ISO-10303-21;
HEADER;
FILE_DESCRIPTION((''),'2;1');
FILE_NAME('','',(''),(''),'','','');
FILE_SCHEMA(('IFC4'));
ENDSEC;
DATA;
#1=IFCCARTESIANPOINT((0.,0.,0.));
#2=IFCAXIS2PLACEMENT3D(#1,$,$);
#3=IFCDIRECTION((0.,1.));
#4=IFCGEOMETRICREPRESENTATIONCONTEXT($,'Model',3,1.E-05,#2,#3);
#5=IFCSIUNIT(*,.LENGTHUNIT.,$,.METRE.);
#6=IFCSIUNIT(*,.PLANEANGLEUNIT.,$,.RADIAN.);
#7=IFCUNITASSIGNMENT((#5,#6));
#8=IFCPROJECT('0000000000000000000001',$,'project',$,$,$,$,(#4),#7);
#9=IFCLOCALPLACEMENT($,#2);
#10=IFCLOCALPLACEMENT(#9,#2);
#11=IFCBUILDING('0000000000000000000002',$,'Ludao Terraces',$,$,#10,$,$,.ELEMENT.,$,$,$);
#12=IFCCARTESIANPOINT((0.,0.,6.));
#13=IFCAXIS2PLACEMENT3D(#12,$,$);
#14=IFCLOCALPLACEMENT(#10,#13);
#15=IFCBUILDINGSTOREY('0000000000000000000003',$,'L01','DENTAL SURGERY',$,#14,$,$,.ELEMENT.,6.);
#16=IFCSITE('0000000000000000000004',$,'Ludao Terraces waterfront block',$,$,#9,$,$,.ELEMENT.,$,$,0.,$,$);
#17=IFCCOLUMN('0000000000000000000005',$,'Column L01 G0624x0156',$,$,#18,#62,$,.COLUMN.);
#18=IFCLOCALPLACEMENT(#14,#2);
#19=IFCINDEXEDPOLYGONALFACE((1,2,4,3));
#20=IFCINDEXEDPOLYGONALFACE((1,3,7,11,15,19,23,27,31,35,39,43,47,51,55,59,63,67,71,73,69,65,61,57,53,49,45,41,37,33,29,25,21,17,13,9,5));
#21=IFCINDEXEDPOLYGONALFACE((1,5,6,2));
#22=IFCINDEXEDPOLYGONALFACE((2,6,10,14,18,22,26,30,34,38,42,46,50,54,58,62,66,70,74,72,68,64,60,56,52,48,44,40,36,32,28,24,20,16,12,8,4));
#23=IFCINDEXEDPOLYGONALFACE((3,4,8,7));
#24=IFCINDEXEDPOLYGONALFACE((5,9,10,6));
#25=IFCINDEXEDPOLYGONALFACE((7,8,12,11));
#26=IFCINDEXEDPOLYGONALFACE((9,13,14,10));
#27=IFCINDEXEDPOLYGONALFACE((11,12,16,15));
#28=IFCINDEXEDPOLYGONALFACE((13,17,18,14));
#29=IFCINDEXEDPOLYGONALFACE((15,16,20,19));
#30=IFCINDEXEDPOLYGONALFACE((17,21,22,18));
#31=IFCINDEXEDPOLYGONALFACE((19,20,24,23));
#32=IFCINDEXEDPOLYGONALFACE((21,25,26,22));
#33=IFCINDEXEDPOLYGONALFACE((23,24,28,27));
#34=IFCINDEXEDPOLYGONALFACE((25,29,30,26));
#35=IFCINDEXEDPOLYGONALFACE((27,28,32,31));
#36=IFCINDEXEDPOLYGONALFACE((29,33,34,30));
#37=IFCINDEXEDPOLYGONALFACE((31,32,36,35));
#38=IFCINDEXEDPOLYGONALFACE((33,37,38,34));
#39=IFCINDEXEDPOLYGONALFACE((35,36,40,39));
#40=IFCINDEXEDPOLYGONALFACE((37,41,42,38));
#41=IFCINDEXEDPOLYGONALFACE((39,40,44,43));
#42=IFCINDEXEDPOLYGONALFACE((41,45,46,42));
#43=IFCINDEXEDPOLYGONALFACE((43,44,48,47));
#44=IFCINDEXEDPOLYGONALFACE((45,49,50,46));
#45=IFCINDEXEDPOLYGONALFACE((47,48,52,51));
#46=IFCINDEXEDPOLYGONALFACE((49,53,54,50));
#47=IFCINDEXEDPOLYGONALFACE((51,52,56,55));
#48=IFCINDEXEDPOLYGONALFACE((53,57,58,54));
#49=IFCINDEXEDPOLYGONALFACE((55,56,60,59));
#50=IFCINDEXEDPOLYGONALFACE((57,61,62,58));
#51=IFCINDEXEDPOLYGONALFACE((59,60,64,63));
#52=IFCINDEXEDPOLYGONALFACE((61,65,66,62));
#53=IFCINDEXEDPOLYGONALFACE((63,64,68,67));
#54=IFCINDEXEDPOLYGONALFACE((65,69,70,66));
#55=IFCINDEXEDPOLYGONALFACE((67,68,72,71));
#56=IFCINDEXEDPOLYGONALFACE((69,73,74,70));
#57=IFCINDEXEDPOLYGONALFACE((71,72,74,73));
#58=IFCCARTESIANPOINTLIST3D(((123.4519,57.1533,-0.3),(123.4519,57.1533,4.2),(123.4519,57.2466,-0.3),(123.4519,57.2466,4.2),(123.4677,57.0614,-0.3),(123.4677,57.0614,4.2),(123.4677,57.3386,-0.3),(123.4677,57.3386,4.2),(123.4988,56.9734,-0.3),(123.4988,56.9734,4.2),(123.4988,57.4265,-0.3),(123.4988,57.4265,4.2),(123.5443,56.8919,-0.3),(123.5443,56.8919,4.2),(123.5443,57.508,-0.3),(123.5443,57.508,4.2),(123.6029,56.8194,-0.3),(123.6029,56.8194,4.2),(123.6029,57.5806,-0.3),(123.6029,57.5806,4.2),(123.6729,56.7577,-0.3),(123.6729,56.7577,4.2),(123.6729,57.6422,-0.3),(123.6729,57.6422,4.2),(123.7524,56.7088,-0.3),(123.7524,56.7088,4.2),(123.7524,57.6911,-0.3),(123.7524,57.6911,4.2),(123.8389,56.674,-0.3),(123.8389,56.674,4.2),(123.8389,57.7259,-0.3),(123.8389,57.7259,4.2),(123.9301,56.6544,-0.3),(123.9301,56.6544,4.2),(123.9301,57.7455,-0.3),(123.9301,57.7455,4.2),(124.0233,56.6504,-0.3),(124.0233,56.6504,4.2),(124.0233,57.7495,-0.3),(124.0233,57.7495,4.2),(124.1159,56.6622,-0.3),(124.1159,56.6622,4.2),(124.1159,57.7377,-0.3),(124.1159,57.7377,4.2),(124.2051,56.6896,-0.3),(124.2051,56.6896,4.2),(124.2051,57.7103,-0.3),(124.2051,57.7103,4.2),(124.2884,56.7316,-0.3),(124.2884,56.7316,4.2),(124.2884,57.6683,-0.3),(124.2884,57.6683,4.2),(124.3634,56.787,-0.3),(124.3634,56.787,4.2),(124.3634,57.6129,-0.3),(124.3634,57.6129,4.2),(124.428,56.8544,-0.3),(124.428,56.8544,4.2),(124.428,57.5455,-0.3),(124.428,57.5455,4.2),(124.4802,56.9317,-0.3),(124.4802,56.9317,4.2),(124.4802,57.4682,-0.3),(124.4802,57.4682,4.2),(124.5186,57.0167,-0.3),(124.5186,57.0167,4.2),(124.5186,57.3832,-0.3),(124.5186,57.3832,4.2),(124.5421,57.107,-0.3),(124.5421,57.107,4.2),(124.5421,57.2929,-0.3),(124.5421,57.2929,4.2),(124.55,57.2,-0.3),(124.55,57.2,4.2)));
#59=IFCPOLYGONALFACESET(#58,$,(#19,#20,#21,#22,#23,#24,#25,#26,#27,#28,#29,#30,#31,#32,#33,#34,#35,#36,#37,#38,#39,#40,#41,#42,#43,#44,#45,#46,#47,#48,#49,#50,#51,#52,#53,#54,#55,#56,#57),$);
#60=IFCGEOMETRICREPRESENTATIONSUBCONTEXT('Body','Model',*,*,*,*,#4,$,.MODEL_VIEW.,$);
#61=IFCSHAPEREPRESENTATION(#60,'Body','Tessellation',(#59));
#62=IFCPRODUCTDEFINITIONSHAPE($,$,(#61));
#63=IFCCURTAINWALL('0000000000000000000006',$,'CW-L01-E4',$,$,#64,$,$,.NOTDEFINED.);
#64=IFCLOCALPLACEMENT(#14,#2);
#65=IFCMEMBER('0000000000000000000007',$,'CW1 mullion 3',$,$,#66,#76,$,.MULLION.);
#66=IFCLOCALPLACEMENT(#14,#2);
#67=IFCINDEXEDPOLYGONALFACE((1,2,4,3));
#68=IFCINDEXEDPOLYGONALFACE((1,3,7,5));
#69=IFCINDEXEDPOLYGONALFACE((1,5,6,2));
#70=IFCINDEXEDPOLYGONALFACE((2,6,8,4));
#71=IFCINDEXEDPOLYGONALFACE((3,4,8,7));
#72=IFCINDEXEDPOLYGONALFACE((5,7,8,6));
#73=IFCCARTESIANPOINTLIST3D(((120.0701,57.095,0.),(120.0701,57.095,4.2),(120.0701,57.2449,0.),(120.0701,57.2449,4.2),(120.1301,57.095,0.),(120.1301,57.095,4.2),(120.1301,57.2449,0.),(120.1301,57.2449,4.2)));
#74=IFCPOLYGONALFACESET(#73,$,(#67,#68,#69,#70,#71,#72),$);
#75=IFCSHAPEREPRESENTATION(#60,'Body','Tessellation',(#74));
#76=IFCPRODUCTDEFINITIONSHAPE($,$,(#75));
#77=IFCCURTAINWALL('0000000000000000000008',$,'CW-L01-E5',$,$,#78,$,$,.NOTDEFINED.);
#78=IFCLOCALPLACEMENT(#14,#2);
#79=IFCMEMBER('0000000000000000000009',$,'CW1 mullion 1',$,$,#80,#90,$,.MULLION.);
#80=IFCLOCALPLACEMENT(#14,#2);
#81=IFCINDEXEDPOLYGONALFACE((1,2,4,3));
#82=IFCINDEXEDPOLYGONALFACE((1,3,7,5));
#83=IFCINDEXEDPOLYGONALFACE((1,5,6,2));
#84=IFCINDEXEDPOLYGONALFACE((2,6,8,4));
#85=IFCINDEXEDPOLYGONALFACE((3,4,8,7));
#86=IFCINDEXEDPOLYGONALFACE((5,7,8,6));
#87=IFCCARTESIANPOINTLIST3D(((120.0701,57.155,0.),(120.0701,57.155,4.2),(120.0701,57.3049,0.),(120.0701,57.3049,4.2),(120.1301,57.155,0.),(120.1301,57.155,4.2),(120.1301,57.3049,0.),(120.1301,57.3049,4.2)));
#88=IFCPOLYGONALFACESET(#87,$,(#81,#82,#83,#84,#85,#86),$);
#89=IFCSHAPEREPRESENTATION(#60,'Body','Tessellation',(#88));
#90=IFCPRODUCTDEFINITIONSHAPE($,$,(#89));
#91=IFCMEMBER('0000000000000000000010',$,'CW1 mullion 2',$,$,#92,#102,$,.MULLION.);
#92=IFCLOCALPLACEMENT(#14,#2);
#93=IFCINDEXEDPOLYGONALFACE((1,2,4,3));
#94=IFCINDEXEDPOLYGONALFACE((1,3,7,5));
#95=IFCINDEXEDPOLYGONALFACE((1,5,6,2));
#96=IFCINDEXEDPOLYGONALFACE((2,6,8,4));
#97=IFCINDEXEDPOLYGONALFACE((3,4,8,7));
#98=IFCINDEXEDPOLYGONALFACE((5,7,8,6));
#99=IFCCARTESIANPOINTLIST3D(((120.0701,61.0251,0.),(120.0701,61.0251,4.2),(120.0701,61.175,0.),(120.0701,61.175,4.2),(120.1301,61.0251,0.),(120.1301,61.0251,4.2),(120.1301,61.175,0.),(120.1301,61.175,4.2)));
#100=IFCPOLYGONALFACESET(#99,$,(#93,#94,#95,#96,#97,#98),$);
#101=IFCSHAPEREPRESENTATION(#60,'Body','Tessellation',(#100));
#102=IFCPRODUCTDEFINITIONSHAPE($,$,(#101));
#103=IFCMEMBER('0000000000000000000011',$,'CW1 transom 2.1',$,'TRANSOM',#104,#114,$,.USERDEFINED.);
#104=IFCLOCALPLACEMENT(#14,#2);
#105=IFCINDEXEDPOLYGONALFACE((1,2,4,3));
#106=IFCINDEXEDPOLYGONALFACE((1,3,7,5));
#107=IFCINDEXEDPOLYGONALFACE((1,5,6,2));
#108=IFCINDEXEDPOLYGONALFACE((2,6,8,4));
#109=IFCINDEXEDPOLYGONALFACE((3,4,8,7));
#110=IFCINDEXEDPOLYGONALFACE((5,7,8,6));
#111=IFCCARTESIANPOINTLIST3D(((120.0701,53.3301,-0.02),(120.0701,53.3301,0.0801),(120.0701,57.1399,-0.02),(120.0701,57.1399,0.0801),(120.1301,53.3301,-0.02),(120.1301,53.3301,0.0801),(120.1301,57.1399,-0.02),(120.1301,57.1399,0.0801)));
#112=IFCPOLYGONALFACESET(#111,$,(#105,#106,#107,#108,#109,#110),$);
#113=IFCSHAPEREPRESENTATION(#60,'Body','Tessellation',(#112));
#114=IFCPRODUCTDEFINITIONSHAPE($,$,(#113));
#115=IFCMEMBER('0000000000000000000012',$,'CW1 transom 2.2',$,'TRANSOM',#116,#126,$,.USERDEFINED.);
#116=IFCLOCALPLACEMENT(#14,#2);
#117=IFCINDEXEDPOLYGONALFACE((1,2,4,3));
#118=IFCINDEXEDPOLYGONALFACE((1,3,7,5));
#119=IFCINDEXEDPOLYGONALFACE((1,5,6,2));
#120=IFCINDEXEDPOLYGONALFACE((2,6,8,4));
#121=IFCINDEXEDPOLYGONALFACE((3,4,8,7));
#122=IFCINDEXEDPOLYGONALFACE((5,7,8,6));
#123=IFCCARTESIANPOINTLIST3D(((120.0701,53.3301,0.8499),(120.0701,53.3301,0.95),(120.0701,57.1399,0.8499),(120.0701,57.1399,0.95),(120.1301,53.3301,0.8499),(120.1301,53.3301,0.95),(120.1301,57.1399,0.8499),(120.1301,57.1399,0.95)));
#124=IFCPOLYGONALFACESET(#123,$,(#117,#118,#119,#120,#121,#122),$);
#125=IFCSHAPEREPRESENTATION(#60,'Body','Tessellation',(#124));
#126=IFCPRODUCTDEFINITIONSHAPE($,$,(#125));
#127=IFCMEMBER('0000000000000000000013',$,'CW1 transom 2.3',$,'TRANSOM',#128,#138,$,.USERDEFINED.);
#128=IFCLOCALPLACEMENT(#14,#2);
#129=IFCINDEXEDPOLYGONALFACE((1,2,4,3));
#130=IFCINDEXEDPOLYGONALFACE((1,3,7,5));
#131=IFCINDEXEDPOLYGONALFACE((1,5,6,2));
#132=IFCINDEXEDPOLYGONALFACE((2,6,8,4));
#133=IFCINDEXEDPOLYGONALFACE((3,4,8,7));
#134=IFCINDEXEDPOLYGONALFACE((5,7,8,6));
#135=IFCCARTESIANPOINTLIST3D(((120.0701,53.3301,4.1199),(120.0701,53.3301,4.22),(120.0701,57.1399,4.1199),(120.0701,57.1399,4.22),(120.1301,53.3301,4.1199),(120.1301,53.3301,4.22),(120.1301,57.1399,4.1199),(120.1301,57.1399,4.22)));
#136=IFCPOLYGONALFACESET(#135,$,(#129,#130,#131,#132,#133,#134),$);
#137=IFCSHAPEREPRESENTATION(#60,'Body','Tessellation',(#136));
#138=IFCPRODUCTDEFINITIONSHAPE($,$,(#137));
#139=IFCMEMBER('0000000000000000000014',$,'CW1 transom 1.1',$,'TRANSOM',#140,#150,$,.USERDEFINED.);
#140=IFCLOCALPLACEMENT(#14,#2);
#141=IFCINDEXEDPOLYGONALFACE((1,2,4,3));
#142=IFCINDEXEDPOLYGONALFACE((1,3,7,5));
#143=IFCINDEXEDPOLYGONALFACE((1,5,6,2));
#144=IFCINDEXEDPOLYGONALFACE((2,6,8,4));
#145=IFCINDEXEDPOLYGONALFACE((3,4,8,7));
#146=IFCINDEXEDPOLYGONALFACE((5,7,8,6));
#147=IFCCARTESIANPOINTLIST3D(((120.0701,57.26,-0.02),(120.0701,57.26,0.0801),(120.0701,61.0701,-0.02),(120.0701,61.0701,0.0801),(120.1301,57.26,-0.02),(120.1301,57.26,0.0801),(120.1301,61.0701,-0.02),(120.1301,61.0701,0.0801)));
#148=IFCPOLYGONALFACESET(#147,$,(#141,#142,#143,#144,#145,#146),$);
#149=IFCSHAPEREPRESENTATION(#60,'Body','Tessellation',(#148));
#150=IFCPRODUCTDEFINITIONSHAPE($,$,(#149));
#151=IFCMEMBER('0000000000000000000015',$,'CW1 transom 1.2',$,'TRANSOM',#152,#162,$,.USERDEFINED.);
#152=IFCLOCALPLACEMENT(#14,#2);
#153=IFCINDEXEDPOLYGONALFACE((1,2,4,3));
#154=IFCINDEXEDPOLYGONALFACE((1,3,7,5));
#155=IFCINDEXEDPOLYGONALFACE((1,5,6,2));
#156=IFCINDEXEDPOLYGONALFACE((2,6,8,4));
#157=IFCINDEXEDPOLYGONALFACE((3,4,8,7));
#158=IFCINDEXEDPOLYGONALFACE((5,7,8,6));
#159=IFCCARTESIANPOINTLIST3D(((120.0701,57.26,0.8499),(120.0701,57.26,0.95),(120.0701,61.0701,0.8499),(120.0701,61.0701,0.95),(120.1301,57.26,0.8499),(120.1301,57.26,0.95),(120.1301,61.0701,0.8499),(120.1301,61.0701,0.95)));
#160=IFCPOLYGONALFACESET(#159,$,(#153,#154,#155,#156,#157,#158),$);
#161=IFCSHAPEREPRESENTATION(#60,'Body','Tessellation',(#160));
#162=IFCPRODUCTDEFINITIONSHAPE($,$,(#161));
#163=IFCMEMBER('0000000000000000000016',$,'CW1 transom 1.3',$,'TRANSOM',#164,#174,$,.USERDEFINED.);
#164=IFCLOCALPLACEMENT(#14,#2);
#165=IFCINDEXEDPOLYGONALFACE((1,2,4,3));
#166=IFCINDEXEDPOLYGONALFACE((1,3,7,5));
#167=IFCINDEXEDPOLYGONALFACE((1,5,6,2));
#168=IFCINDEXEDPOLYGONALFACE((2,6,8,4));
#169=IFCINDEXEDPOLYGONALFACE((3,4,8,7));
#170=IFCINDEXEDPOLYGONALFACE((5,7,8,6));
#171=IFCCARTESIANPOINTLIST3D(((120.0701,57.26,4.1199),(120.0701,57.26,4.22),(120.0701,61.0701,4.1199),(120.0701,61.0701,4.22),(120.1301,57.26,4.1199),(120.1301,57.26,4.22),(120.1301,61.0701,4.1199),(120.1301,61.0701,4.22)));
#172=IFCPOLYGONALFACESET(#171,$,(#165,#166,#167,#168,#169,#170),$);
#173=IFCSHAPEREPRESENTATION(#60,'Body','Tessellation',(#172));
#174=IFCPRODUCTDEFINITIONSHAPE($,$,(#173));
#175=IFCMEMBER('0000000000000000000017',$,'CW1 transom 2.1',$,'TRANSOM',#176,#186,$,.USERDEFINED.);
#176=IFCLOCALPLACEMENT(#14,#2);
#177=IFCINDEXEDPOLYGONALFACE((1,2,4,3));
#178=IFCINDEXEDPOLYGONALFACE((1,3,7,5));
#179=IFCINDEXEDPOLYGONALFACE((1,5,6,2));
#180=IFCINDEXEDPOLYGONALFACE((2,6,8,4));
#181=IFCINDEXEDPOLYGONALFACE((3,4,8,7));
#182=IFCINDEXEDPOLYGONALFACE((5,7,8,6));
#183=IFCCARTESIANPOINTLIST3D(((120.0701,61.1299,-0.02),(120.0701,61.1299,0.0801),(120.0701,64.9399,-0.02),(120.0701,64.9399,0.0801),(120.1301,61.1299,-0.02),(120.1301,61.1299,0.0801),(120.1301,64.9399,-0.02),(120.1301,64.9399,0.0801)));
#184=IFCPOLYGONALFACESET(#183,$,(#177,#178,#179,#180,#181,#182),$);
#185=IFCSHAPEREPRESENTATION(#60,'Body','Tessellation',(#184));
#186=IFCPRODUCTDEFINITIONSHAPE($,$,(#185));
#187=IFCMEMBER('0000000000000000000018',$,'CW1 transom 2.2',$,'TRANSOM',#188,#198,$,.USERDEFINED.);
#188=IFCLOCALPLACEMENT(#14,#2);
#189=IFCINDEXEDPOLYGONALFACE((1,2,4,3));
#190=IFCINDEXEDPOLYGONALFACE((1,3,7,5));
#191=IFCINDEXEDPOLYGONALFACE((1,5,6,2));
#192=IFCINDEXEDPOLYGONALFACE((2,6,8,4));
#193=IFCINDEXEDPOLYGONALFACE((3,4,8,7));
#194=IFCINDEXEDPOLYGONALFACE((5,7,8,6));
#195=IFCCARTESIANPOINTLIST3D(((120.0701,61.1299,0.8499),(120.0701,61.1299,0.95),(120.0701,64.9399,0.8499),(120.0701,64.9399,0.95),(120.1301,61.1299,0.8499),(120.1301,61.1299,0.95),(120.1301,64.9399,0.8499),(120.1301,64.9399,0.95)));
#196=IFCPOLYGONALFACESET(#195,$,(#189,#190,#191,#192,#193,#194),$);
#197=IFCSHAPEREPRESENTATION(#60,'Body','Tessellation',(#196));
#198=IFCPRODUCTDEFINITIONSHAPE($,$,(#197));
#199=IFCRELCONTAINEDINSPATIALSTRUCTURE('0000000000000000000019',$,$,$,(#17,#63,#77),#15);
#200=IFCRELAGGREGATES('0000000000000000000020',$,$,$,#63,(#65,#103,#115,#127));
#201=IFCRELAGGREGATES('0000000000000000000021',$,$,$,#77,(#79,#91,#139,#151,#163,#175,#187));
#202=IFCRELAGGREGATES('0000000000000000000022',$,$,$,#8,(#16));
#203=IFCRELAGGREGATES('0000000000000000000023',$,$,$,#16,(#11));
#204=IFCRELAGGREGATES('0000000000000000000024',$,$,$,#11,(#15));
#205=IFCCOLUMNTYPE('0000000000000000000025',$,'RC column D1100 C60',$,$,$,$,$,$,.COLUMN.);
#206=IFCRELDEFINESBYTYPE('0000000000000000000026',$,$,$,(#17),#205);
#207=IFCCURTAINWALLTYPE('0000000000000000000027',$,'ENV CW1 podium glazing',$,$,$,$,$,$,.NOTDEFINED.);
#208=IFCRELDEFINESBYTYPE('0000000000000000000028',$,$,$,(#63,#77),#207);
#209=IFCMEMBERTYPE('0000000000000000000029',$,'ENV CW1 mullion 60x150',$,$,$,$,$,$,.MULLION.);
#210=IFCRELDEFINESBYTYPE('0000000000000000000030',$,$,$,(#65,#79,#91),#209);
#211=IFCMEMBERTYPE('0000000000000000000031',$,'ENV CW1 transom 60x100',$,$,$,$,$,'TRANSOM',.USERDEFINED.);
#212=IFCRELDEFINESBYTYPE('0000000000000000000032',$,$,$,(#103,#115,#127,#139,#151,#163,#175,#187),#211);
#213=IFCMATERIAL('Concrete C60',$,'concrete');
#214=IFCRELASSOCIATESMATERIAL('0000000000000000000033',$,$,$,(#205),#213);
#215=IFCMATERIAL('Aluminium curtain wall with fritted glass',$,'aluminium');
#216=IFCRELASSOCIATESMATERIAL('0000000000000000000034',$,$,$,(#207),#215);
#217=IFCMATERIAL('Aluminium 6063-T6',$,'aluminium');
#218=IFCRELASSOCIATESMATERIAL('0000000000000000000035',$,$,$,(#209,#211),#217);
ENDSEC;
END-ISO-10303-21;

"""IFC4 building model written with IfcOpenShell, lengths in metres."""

from ifc_helpers import new_model, si_unit, direction, frame, origin, origin_2d, place, context, subcontext, project, spatial, rectangle, circle, extrude, material, material_profile, profile_set, type_object, element, aggregate, save


model = new_model("IFC4")

# Units and contexts
model_context = context("Model", 3, precision=1e-05, world=origin(), true_north=direction((0.0, 1.0)))
body_context = subcontext(model_context, "Body", "Model", "MODEL_VIEW")
ifc_project = project(units=[si_unit("LENGTHUNIT", "METRE"), si_unit("PLANEANGLEUNIT", "RADIAN")], contexts=[model_context])

# Site, building, storey
site_placement = place(None, origin())
site = spatial("IfcSite", under=ifc_project, at=site_placement, Name="Ludao Terraces waterfront block", CompositionType="ELEMENT", RefElevation=0.0)
building_placement = place(site_placement, origin())
building = spatial("IfcBuilding", under=site, at=building_placement, Name="Ludao Terraces", CompositionType="ELEMENT")
storey_placement = place(building_placement, frame((0.0, 0.0, 6.0)))
storey = spatial("IfcBuildingStorey", under=building, at=storey_placement, Name="L01", Description="DENTAL SURGERY", CompositionType="ELEMENT", Elevation=6.0)

# Column
ifc_material_1 = material(Name="Concrete C60", Category="concrete")
ifc_material_profile_1 = material_profile(ifc_material_1, circle(Radius=0.55, at=origin_2d()), Name="D1100")
ifc_profile_set_1 = profile_set([ifc_material_profile_1], Name="Concrete C60")
column_type = type_object("IfcColumnType", Name="RC column D1100 C60", PredefinedType="COLUMN", material=ifc_profile_set_1)
column_placement = place(storey_placement, frame((124.0, 57.2, -0.3), z_axis=(0.0, 0.0, 1.0), x_axis=(1.0, 0.0, 0.0)))
element("IfcColumn", 1, at=column_placement, inside=storey, type_object=column_type, Name="Column L01 G0624x0156", PredefinedType="COLUMN", context=body_context, shape_type="SweptSolid", body=[
    extrude(circle(Radius=0.55, at=origin_2d()), origin(), (0.0, 0.0, 1.0), 4.5),
])

# Curtain wall, member
ifc_material_2 = material(Name="Aluminium curtain wall with fritted glass", Category="aluminium")
curtain_wall_type = type_object("IfcCurtainWallType", Name="ENV CW1 podium glazing", PredefinedType="NOTDEFINED", material=ifc_material_2)
curtain_wall_1_placement = place(storey_placement, origin())
curtain_wall_1 = element("IfcCurtainWall", 2, at=curtain_wall_1_placement, inside=storey, type_object=curtain_wall_type, Name="CW-L01-E4", PredefinedType="NOTDEFINED")
ifc_material_3 = material(Name="Aluminium 6063-T6", Category="aluminium")
ifc_material_profile_2 = material_profile(ifc_material_3, rectangle(XDim=0.0601, YDim=0.1499, at=origin_2d()), Name="60 X 150")
ifc_profile_set_2 = profile_set([ifc_material_profile_2], Name="Aluminium 6063-T6")
member_type_1 = type_object("IfcMemberType", Name="ENV CW1 mullion 60x150", PredefinedType="MULLION", material=ifc_profile_set_2)
member_1_placement = place(storey_placement, frame((120.1001, 57.1699, 0.0), z_axis=(0.0, 0.0, 1.0), x_axis=(-1.0, 0.0, 0.0)))
member_1 = element("IfcMember", 3, at=member_1_placement, type_object=member_type_1, Name="CW1 mullion 3", PredefinedType="MULLION", context=body_context, shape_type="SweptSolid", body=[
    extrude(rectangle(XDim=0.0601, YDim=0.1499, at=origin_2d()), origin(), (0.0, 0.0, 1.0), 4.2),
])

# Curtain wall, members
curtain_wall_2_placement = place(storey_placement, origin())
curtain_wall_2 = element("IfcCurtainWall", 4, at=curtain_wall_2_placement, inside=storey, type_object=curtain_wall_type, Name="CW-L01-E5", PredefinedType="NOTDEFINED")
member_2_placement = place(storey_placement, frame((120.1001, 57.23, 0.0), z_axis=(0.0, 0.0, 1.0), x_axis=(-1.0, 0.0, 0.0)))
member_2 = element("IfcMember", 5, at=member_2_placement, type_object=member_type_1, Name="CW1 mullion 1", PredefinedType="MULLION", context=body_context, shape_type="SweptSolid", body=[
    extrude(rectangle(XDim=0.0601, YDim=0.1499, at=origin_2d()), origin(), (0.0, 0.0, 1.0), 4.2),
])
member_3_placement = place(storey_placement, frame((120.1001, 61.1001, 0.0), z_axis=(0.0, 0.0, 1.0), x_axis=(-1.0, 0.0, 0.0)))
member_3 = element("IfcMember", 6, at=member_3_placement, type_object=member_type_1, Name="CW1 mullion 2", PredefinedType="MULLION", context=body_context, shape_type="SweptSolid", body=[
    extrude(rectangle(XDim=0.0601, YDim=0.1499, at=origin_2d()), origin(), (0.0, 0.0, 1.0), 4.2),
])

# Members
ifc_material_profile_3 = material_profile(ifc_material_3, rectangle(XDim=0.0601, YDim=0.1001, at=origin_2d()), Name="60 X 100")
ifc_profile_set_3 = profile_set([ifc_material_profile_3], Name="Aluminium 6063-T6")
member_type_2 = type_object("IfcMemberType", Name="ENV CW1 transom 60x100", ElementType="TRANSOM", PredefinedType="USERDEFINED", material=ifc_profile_set_3)
member_4_placement = place(storey_placement, frame((120.1001, 53.3301, 0.03), z_axis=(0.0, 1.0, 0.0), x_axis=(-1.0, 0.0, 0.0)))
member_4 = element("IfcMember", 7, at=member_4_placement, type_object=member_type_2, Name="CW1 transom 2.1", ObjectType="TRANSOM", PredefinedType="USERDEFINED", context=body_context, shape_type="SweptSolid", body=[
    extrude(rectangle(XDim=0.0601, YDim=0.1001, at=origin_2d()), origin(), (0.0, 0.0, 1.0), 3.8098),
])
member_5_placement = place(storey_placement, frame((120.1001, 53.3301, 0.8999), z_axis=(0.0, 1.0, 0.0), x_axis=(-1.0, 0.0, 0.0)))
member_5 = element("IfcMember", 8, at=member_5_placement, type_object=member_type_2, Name="CW1 transom 2.2", ObjectType="TRANSOM", PredefinedType="USERDEFINED", context=body_context, shape_type="SweptSolid", body=[
    extrude(rectangle(XDim=0.0601, YDim=0.1001, at=origin_2d()), origin(), (0.0, 0.0, 1.0), 3.8098),
])
member_6_placement = place(storey_placement, frame((120.1001, 53.3301, 4.1699), z_axis=(0.0, 1.0, 0.0), x_axis=(-1.0, 0.0, 0.0)))
member_6 = element("IfcMember", 9, at=member_6_placement, type_object=member_type_2, Name="CW1 transom 2.3", ObjectType="TRANSOM", PredefinedType="USERDEFINED", context=body_context, shape_type="SweptSolid", body=[
    extrude(rectangle(XDim=0.0601, YDim=0.1001, at=origin_2d()), origin(), (0.0, 0.0, 1.0), 3.8098),
])
member_7_placement = place(storey_placement, frame((120.1001, 57.26, 0.03), z_axis=(0.0, 1.0, 0.0), x_axis=(-1.0, 0.0, 0.0)))
member_7 = element("IfcMember", 10, at=member_7_placement, type_object=member_type_2, Name="CW1 transom 1.1", ObjectType="TRANSOM", PredefinedType="USERDEFINED", context=body_context, shape_type="SweptSolid", body=[
    extrude(rectangle(XDim=0.0601, YDim=0.1001, at=origin_2d()), origin(), (0.0, 0.0, 1.0), 3.8101),
])
member_8_placement = place(storey_placement, frame((120.1001, 57.26, 0.8999), z_axis=(0.0, 1.0, 0.0), x_axis=(-1.0, 0.0, 0.0)))
member_8 = element("IfcMember", 11, at=member_8_placement, type_object=member_type_2, Name="CW1 transom 1.2", ObjectType="TRANSOM", PredefinedType="USERDEFINED", context=body_context, shape_type="SweptSolid", body=[
    extrude(rectangle(XDim=0.0601, YDim=0.1001, at=origin_2d()), origin(), (0.0, 0.0, 1.0), 3.8101),
])
member_9_placement = place(storey_placement, frame((120.1001, 57.26, 4.1699), z_axis=(0.0, 1.0, 0.0), x_axis=(-1.0, 0.0, 0.0)))
member_9 = element("IfcMember", 12, at=member_9_placement, type_object=member_type_2, Name="CW1 transom 1.3", ObjectType="TRANSOM", PredefinedType="USERDEFINED", context=body_context, shape_type="SweptSolid", body=[
    extrude(rectangle(XDim=0.0601, YDim=0.1001, at=origin_2d()), origin(), (0.0, 0.0, 1.0), 3.8101),
])
member_10_placement = place(storey_placement, frame((120.1001, 61.1299, 0.03), z_axis=(0.0, 1.0, 0.0), x_axis=(-1.0, 0.0, 0.0)))
member_10 = element("IfcMember", 13, at=member_10_placement, type_object=member_type_2, Name="CW1 transom 2.1", ObjectType="TRANSOM", PredefinedType="USERDEFINED", context=body_context, shape_type="SweptSolid", body=[
    extrude(rectangle(XDim=0.0601, YDim=0.1001, at=origin_2d()), origin(), (0.0, 0.0, 1.0), 3.8101),
])
member_11_placement = place(storey_placement, frame((120.1001, 61.1299, 0.8999), z_axis=(0.0, 1.0, 0.0), x_axis=(-1.0, 0.0, 0.0)))
member_11 = element("IfcMember", 14, at=member_11_placement, type_object=member_type_2, Name="CW1 transom 2.2", ObjectType="TRANSOM", PredefinedType="USERDEFINED", context=body_context, shape_type="SweptSolid", body=[
    extrude(rectangle(XDim=0.0601, YDim=0.1001, at=origin_2d()), origin(), (0.0, 0.0, 1.0), 3.8101),
])

aggregate(curtain_wall_1, [member_1, member_4, member_5, member_6])
aggregate(curtain_wall_2, [member_2, member_3, member_7, member_8, member_9, member_10, member_11])

save(model, "model.ifc")
